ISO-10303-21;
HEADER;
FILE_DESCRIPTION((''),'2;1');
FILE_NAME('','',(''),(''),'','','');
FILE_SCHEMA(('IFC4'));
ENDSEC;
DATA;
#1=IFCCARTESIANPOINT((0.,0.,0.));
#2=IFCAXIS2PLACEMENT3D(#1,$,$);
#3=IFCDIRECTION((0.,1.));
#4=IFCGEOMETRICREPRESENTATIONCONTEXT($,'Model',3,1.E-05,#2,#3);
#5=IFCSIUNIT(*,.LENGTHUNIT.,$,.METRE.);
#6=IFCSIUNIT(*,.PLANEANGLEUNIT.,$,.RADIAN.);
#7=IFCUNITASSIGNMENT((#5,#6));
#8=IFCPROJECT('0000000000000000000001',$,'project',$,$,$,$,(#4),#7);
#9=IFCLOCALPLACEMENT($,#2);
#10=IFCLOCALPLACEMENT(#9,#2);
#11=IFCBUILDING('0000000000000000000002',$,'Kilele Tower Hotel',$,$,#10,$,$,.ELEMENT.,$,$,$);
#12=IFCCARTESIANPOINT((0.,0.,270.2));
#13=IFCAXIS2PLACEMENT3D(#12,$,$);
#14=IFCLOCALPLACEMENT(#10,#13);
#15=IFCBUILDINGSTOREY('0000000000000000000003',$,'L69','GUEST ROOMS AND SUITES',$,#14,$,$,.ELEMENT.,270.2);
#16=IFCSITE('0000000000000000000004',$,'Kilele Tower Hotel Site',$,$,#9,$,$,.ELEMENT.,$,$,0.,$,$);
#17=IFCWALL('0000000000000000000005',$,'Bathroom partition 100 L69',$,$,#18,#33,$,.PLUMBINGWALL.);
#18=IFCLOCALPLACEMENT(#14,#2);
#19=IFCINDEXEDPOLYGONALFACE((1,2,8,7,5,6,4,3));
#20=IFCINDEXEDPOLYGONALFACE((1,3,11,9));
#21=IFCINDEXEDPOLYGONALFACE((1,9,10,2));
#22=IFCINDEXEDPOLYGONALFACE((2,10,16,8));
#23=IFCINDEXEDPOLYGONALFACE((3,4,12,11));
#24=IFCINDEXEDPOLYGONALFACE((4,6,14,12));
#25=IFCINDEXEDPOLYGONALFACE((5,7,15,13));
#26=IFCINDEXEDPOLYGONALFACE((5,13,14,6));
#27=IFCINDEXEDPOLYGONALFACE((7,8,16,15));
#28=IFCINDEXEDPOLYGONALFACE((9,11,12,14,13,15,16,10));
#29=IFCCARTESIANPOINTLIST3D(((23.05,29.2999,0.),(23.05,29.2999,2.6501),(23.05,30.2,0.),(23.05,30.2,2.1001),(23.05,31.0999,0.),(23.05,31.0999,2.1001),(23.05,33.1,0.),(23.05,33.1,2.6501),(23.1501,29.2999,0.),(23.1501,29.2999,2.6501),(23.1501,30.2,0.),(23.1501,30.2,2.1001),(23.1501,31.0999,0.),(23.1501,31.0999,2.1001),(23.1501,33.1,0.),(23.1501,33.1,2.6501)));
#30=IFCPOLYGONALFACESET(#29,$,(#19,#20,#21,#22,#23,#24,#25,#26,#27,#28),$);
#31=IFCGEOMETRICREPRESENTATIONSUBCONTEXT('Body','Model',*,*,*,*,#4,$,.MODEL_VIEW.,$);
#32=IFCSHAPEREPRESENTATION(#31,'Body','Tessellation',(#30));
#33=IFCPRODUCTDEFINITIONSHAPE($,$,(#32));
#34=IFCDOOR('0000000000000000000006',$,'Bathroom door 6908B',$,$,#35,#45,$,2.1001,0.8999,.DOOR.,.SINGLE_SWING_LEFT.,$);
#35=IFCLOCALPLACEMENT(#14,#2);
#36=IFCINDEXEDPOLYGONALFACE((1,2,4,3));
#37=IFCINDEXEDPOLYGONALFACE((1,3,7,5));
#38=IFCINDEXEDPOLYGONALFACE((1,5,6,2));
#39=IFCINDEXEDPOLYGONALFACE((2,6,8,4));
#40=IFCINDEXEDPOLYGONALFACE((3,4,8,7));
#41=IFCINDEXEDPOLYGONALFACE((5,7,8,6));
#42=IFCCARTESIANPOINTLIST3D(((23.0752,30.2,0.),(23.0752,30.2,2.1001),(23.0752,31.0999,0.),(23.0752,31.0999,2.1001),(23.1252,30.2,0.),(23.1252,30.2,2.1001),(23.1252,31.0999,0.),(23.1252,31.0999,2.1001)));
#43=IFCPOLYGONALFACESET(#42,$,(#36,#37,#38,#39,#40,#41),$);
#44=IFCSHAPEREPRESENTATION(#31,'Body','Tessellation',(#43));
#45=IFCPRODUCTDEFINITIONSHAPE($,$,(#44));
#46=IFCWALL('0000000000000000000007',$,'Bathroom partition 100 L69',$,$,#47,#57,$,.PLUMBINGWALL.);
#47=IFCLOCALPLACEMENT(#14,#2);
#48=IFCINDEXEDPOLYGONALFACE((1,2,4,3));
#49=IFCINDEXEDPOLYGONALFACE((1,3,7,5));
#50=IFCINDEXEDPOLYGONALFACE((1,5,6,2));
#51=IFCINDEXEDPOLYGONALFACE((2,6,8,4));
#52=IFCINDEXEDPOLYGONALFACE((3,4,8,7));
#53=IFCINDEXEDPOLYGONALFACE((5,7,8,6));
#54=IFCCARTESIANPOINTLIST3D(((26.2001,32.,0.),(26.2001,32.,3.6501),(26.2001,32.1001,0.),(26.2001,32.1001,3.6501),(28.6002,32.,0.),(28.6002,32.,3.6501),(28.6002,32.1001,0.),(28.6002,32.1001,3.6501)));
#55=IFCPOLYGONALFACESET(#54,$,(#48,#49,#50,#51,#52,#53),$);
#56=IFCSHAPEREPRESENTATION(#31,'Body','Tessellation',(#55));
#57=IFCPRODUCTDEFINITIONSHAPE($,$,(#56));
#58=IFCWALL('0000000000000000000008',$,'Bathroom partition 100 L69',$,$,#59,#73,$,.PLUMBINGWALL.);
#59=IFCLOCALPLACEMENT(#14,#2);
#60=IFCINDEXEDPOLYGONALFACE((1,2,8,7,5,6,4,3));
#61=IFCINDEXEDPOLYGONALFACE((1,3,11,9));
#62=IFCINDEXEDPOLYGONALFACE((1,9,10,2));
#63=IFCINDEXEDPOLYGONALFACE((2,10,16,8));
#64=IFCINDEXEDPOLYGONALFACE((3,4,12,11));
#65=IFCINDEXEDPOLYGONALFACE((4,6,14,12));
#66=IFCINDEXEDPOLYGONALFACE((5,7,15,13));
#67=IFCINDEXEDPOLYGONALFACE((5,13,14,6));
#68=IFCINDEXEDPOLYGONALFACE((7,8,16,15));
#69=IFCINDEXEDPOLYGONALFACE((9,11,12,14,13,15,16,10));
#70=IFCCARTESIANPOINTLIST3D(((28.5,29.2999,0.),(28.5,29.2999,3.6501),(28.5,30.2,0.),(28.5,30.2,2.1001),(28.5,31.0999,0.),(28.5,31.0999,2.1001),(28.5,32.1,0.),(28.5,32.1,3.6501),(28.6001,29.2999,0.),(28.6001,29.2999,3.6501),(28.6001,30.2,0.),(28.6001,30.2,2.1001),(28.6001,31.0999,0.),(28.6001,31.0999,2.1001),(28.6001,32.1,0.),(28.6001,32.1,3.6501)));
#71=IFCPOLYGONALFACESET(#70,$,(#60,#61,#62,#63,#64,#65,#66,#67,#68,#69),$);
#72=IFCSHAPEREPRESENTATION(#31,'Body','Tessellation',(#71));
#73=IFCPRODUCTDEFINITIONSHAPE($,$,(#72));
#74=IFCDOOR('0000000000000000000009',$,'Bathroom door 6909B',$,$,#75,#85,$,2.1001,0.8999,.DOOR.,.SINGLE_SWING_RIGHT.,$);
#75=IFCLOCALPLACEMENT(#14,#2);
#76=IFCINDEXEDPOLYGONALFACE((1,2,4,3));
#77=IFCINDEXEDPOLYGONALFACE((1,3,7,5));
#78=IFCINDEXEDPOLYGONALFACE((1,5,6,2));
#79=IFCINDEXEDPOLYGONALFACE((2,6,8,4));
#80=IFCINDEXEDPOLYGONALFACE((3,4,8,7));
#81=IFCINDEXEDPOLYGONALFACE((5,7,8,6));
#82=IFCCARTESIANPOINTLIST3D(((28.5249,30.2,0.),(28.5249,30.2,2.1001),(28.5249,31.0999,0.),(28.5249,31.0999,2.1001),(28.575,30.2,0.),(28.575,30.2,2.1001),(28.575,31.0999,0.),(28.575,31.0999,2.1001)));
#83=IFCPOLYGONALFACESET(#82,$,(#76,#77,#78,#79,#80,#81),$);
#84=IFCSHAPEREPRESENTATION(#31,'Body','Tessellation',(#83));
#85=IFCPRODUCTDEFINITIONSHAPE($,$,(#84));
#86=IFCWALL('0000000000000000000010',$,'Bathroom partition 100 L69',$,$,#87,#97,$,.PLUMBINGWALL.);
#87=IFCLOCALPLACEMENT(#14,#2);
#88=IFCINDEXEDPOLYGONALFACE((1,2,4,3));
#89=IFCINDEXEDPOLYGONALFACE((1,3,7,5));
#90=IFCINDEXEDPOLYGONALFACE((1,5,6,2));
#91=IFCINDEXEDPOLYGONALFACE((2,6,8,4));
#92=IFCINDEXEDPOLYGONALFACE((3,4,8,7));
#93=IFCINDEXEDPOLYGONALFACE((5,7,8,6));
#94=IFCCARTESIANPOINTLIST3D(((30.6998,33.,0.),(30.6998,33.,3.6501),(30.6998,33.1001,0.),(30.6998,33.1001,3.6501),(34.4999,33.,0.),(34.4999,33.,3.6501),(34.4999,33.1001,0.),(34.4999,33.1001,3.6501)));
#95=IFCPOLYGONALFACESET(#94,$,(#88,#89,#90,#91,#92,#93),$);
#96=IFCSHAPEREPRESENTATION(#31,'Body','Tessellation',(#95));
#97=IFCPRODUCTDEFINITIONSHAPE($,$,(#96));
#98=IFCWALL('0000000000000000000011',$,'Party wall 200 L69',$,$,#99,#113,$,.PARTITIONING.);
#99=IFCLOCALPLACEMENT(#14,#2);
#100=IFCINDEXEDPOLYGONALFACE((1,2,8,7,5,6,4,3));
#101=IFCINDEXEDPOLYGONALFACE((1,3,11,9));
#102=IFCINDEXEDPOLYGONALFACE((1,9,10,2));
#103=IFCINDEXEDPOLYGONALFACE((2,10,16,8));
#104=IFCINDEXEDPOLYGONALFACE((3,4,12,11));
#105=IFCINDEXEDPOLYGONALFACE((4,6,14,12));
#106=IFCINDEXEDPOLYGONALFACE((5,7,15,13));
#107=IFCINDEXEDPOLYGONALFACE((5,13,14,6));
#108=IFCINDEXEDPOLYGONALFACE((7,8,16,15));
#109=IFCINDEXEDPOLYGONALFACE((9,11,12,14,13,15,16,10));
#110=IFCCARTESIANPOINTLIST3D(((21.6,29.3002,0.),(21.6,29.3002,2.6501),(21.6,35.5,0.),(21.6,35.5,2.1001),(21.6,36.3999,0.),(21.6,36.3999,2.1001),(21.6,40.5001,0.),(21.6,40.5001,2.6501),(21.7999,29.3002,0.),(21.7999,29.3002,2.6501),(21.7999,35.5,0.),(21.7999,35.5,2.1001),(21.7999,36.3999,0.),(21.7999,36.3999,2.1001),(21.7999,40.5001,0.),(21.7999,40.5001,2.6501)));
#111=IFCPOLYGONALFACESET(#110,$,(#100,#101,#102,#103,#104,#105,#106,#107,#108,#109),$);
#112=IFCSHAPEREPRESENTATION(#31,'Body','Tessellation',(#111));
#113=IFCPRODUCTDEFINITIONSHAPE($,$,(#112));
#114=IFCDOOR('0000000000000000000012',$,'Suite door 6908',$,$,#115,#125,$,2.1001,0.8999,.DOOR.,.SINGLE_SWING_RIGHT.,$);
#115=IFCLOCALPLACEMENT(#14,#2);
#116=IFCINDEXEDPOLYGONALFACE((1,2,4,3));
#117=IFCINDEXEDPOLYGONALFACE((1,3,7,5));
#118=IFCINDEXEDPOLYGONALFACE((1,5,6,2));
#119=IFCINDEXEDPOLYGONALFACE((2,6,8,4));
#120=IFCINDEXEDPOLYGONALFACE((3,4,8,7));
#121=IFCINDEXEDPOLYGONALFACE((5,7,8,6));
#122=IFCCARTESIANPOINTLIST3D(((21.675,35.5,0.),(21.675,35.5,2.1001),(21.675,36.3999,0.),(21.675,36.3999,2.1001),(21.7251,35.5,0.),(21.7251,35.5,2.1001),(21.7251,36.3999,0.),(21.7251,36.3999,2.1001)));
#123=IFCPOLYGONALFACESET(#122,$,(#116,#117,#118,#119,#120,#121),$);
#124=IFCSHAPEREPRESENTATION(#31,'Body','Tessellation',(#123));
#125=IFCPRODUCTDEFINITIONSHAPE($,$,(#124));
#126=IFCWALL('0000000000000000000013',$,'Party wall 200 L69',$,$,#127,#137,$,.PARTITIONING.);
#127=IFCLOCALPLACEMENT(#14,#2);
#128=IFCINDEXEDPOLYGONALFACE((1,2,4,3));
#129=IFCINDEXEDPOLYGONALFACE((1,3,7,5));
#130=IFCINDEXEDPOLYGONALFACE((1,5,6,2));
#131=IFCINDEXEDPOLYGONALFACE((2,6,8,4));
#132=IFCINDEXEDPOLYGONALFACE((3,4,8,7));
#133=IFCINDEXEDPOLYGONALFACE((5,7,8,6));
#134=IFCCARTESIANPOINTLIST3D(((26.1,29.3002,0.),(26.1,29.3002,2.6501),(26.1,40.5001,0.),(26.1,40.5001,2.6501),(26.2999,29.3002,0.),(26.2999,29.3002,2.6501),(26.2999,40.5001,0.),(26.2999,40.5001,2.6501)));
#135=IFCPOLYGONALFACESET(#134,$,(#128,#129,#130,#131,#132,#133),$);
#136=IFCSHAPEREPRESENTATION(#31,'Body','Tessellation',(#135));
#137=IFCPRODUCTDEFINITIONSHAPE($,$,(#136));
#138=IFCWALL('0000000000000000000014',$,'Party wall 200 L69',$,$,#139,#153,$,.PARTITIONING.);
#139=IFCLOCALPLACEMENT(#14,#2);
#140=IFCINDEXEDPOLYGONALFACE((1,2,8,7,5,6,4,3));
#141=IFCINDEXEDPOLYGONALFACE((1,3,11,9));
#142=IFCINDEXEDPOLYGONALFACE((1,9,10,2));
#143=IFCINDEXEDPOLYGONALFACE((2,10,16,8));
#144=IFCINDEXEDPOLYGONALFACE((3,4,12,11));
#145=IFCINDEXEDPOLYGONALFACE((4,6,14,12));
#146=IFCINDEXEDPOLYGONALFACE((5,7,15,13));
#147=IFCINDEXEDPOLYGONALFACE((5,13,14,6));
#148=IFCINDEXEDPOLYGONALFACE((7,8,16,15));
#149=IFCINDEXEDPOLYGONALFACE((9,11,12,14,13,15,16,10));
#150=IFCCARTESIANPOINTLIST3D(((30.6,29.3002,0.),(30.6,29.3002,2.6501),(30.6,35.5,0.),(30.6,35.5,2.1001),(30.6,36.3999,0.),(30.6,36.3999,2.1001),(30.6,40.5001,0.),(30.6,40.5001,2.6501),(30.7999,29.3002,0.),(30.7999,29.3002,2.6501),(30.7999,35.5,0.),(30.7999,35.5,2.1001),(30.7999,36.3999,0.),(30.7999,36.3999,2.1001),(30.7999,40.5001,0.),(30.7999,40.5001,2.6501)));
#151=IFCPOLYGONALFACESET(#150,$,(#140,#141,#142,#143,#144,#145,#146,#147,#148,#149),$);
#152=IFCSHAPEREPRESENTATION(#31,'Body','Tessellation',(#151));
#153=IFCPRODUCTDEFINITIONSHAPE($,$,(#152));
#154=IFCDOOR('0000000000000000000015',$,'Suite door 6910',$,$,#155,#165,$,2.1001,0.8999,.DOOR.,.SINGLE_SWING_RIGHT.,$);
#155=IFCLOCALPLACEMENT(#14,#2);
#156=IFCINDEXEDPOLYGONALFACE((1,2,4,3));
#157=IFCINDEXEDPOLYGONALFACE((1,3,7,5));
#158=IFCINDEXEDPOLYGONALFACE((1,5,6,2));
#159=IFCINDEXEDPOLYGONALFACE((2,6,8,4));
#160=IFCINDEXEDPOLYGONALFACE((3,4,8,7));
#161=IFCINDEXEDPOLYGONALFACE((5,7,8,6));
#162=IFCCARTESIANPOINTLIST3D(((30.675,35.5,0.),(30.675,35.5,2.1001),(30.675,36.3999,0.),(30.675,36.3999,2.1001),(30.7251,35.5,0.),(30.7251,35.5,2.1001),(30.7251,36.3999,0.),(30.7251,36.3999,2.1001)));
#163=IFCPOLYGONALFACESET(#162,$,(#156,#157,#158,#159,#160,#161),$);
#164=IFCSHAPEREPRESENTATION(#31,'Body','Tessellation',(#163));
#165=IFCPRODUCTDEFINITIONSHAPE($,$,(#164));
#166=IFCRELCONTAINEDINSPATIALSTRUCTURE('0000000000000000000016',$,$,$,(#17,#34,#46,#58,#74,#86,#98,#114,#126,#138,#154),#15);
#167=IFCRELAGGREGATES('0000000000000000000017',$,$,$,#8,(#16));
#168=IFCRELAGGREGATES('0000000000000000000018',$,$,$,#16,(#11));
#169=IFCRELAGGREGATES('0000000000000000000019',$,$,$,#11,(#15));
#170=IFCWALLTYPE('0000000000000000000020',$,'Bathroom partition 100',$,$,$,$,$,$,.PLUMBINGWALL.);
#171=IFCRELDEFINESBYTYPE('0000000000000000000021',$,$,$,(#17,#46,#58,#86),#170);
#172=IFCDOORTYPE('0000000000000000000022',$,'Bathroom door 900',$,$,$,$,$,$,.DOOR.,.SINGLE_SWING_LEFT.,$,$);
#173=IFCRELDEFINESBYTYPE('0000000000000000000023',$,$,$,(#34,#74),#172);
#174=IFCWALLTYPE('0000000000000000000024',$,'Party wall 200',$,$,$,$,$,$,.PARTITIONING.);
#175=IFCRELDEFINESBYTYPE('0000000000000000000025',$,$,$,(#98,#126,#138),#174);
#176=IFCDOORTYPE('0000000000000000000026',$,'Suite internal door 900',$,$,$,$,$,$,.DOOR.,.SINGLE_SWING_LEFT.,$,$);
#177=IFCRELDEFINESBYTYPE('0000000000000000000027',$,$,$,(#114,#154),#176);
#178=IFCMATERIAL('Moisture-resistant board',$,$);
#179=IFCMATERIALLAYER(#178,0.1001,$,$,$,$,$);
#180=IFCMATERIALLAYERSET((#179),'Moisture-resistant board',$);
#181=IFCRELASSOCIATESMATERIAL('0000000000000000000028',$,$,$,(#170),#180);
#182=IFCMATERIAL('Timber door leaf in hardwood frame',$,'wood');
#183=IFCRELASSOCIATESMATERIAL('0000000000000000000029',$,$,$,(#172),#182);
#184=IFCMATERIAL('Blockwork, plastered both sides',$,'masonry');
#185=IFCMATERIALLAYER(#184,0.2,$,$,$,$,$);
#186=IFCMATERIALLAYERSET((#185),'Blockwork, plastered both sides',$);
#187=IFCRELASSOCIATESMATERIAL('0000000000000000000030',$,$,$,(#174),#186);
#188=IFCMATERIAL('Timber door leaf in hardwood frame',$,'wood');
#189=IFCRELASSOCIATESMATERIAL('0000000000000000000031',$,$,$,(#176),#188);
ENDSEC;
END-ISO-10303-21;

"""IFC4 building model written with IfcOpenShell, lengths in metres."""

from ifc_helpers import new_model, si_unit, direction, frame, frame_2d, origin, place, context, subcontext, project, spatial, rectangle, extrude, material, layer, layer_set, type_object, element, fill, save


model = new_model("IFC4")

# Units and contexts
model_context = context("Model", 3, precision=1e-05, world=origin(), true_north=direction((0.0, 1.0)))
body_context = subcontext(model_context, "Body", "Model", "MODEL_VIEW")
ifc_project = project(units=[si_unit("LENGTHUNIT", "METRE"), si_unit("PLANEANGLEUNIT", "RADIAN")], contexts=[model_context])

# Site, building, storey
site_placement = place(None, origin())
site = spatial("IfcSite", under=ifc_project, at=site_placement, Name="Kilele Tower Hotel Site", CompositionType="ELEMENT", RefElevation=0.0)
building_placement = place(site_placement, origin())
building = spatial("IfcBuilding", under=site, at=building_placement, Name="Kilele Tower Hotel", CompositionType="ELEMENT")
storey_placement = place(building_placement, frame((0.0, 0.0, 270.2)))
storey = spatial("IfcBuildingStorey", under=building, at=storey_placement, Name="L69", Description="GUEST ROOMS AND SUITES", CompositionType="ELEMENT", Elevation=270.2)

# Shared definitions
ifc_material_1 = material(Name="Moisture-resistant board")
ifc_layer_1 = layer(ifc_material_1, 0.1001)
ifc_layer_set_1 = layer_set([ifc_layer_1], Name="Moisture-resistant board")
wall_type_1 = type_object("IfcWallType", Name="Bathroom partition 100", PredefinedType="PLUMBINGWALL", material=ifc_layer_set_1)

# Shared definitions
ifc_material_2 = material(Name="Timber door leaf in hardwood frame", Category="wood")
door_type_1 = type_object("IfcDoorType", Name="Bathroom door 900", OperationType="SINGLE_SWING_LEFT", PredefinedType="DOOR", material=ifc_material_2)

# Wall, opening, door
wall_1_placement = place(storey_placement, frame((23.1001, 29.3, 0.0), z_axis=(0.0, 0.0, 1.0), x_axis=(0.0, 1.0, 0.0)))
wall_1 = element("IfcWall", 1, at=wall_1_placement, inside=storey, type_object=wall_type_1, Name="Bathroom partition 100 L69", PredefinedType="PLUMBINGWALL", context=body_context, shape_type="SweptSolid", body=[
    extrude(rectangle(XDim=3.8, YDim=0.1001, at=frame_2d((1.8999, 0.0))), origin(), (0.0, 0.0, 1.0), 2.6501),
])
opening_1_placement = place(wall_1_placement, frame((0.8999, 0.0, 0.0)))
opening_1 = element("IfcOpeningElement", 2, at=opening_1_placement, cuts=wall_1, PredefinedType="OPENING", context=body_context, shape_type="SweptSolid", body=[
    extrude(rectangle(XDim=0.8999, YDim=2.1001, at=frame_2d((0.45, 1.05))), frame((0.0, 0.0601, 0.0), z_axis=(0.0, -1.0, 0.0), x_axis=(1.0, 0.0, 0.0)), (0.0, 0.0, 1.0), 0.1201),
])
door_1_placement = place(opening_1_placement, origin())
door_1 = element("IfcDoor", 3, at=door_1_placement, inside=storey, type_object=door_type_1, Name="Bathroom door 6908B", OperationType="SINGLE_SWING_LEFT", OverallHeight=2.1001, OverallWidth=0.8999, PredefinedType="DOOR", context=body_context, shape_type="SweptSolid", body=[
    extrude(rectangle(XDim=0.8999, YDim=2.1001, at=frame_2d((0.45, 1.05))), frame((0.0, 0.0249, 0.0), z_axis=(0.0, -1.0, 0.0), x_axis=(1.0, 0.0, 0.0)), (0.0, 0.0, 1.0), 0.05),
])
fill(opening_1, door_1)

# Wall
wall_2_placement = place(storey_placement, frame((26.2, 32.05, 0.0), z_axis=(0.0, 0.0, 1.0), x_axis=(1.0, 0.0, 0.0)))
element("IfcWall", 4, at=wall_2_placement, inside=storey, type_object=wall_type_1, Name="Bathroom partition 100 L69", PredefinedType="PLUMBINGWALL", context=body_context, shape_type="SweptSolid", body=[
    extrude(rectangle(XDim=2.4001, YDim=0.1001, at=frame_2d((1.2002, 0.0))), origin(), (0.0, 0.0, 1.0), 3.6501),
])

# Wall, opening, door
wall_3_placement = place(storey_placement, frame((28.55, 29.3, 0.0), z_axis=(0.0, 0.0, 1.0), x_axis=(0.0, 1.0, 0.0)))
wall_3 = element("IfcWall", 5, at=wall_3_placement, inside=storey, type_object=wall_type_1, Name="Bathroom partition 100 L69", PredefinedType="PLUMBINGWALL", context=body_context, shape_type="SweptSolid", body=[
    extrude(rectangle(XDim=2.8, YDim=0.1001, at=frame_2d((1.3999, 0.0))), origin(), (0.0, 0.0, 1.0), 3.6501),
])
opening_2_placement = place(wall_3_placement, frame((1.7998, 0.0, 0.0), z_axis=(0.0, 0.0, 1.0), x_axis=(-1.0, 0.0, 0.0)))
opening_2 = element("IfcOpeningElement", 6, at=opening_2_placement, cuts=wall_3, PredefinedType="OPENING", context=body_context, shape_type="SweptSolid", body=[
    extrude(rectangle(XDim=0.8999, YDim=2.1001, at=frame_2d((0.45, 1.05))), frame((0.0, 0.0601, 0.0), z_axis=(0.0, -1.0, 0.0), x_axis=(1.0, 0.0, 0.0)), (0.0, 0.0, 1.0), 0.1201),
])
door_2_placement = place(opening_2_placement, origin())
door_2 = element("IfcDoor", 7, at=door_2_placement, inside=storey, type_object=door_type_1, Name="Bathroom door 6909B", OperationType="SINGLE_SWING_RIGHT", OverallHeight=2.1001, OverallWidth=0.8999, PredefinedType="DOOR", context=body_context, shape_type="SweptSolid", body=[
    extrude(rectangle(XDim=0.8999, YDim=2.1001, at=frame_2d((0.45, 1.05))), frame((0.0, 0.0249, 0.0), z_axis=(0.0, -1.0, 0.0), x_axis=(1.0, 0.0, 0.0)), (0.0, 0.0, 1.0), 0.05),
])
fill(opening_2, door_2)

# Wall
wall_4_placement = place(storey_placement, frame((30.7, 33.05, 0.0), z_axis=(0.0, 0.0, 1.0), x_axis=(1.0, 0.0, 0.0)))
element("IfcWall", 8, at=wall_4_placement, inside=storey, type_object=wall_type_1, Name="Bathroom partition 100 L69", PredefinedType="PLUMBINGWALL", context=body_context, shape_type="SweptSolid", body=[
    extrude(rectangle(XDim=3.8, YDim=0.1001, at=frame_2d((1.8999, 0.0))), origin(), (0.0, 0.0, 1.0), 3.6501),
])

# Wall, opening, door
ifc_material_3 = material(Name="Blockwork, plastered both sides", Category="masonry")
ifc_layer_2 = layer(ifc_material_3, 0.2)
ifc_layer_set_2 = layer_set([ifc_layer_2], Name="Blockwork, plastered both sides")
wall_type_2 = type_object("IfcWallType", Name="Party wall 200", PredefinedType="PARTITIONING", material=ifc_layer_set_2)
wall_5_placement = place(storey_placement, frame((21.7, 29.3, 0.0), z_axis=(0.0, 0.0, 1.0), x_axis=(0.0, 1.0, 0.0)))
wall_5 = element("IfcWall", 9, at=wall_5_placement, inside=storey, type_object=wall_type_2, Name="Party wall 200 L69", PredefinedType="PARTITIONING", context=body_context, shape_type="SweptSolid", body=[
    extrude(rectangle(XDim=11.2, YDim=0.2, at=frame_2d((5.6001, 0.0))), origin(), (0.0, 0.0, 1.0), 2.6501),
])
opening_3_placement = place(wall_5_placement, frame((6.2, 0.0, 0.0)))
opening_3 = element("IfcOpeningElement", 10, at=opening_3_placement, cuts=wall_5, PredefinedType="OPENING", context=body_context, shape_type="SweptSolid", body=[
    extrude(rectangle(XDim=0.8999, YDim=2.1001, at=frame_2d((0.45, 1.05))), frame((0.0, 0.1099, 0.0), z_axis=(0.0, -1.0, 0.0), x_axis=(1.0, 0.0, 0.0)), (0.0, 0.0, 1.0), 0.22),
])
ifc_material_4 = material(Name="Timber door leaf in hardwood frame", Category="wood")
door_type_2 = type_object("IfcDoorType", Name="Suite internal door 900", OperationType="SINGLE_SWING_LEFT", PredefinedType="DOOR", material=ifc_material_4)
door_3_placement = place(opening_3_placement, origin())
door_3 = element("IfcDoor", 11, at=door_3_placement, inside=storey, type_object=door_type_2, Name="Suite door 6908", OperationType="SINGLE_SWING_RIGHT", OverallHeight=2.1001, OverallWidth=0.8999, PredefinedType="DOOR", context=body_context, shape_type="SweptSolid", body=[
    extrude(rectangle(XDim=0.8999, YDim=2.1001, at=frame_2d((0.45, 1.05))), frame((0.0, 0.0249, 0.0), z_axis=(0.0, -1.0, 0.0), x_axis=(1.0, 0.0, 0.0)), (0.0, 0.0, 1.0), 0.05),
])
fill(opening_3, door_3)

# Wall
wall_6_placement = place(storey_placement, frame((26.2, 29.3, 0.0), z_axis=(0.0, 0.0, 1.0), x_axis=(0.0, 1.0, 0.0)))
element("IfcWall", 12, at=wall_6_placement, inside=storey, type_object=wall_type_2, Name="Party wall 200 L69", PredefinedType="PARTITIONING", context=body_context, shape_type="SweptSolid", body=[
    extrude(rectangle(XDim=11.2, YDim=0.2, at=frame_2d((5.6001, 0.0))), origin(), (0.0, 0.0, 1.0), 2.6501),
])

# Wall, opening, door
wall_7_placement = place(storey_placement, frame((30.7, 29.3, 0.0), z_axis=(0.0, 0.0, 1.0), x_axis=(0.0, 1.0, 0.0)))
wall_7 = element("IfcWall", 13, at=wall_7_placement, inside=storey, type_object=wall_type_2, Name="Party wall 200 L69", PredefinedType="PARTITIONING", context=body_context, shape_type="SweptSolid", body=[
    extrude(rectangle(XDim=11.2, YDim=0.2, at=frame_2d((5.6001, 0.0))), origin(), (0.0, 0.0, 1.0), 2.6501),
])
opening_4_placement = place(wall_7_placement, frame((6.2, 0.0, 0.0)))
opening_4 = element("IfcOpeningElement", 14, at=opening_4_placement, cuts=wall_7, PredefinedType="OPENING", context=body_context, shape_type="SweptSolid", body=[
    extrude(rectangle(XDim=0.8999, YDim=2.1001, at=frame_2d((0.45, 1.05))), frame((0.0, 0.1099, 0.0), z_axis=(0.0, -1.0, 0.0), x_axis=(1.0, 0.0, 0.0)), (0.0, 0.0, 1.0), 0.22),
])
door_4_placement = place(opening_4_placement, origin())
door_4 = element("IfcDoor", 15, at=door_4_placement, inside=storey, type_object=door_type_2, Name="Suite door 6910", OperationType="SINGLE_SWING_RIGHT", OverallHeight=2.1001, OverallWidth=0.8999, PredefinedType="DOOR", context=body_context, shape_type="SweptSolid", body=[
    extrude(rectangle(XDim=0.8999, YDim=2.1001, at=frame_2d((0.45, 1.05))), frame((0.0, 0.0249, 0.0), z_axis=(0.0, -1.0, 0.0), x_axis=(1.0, 0.0, 0.0)), (0.0, 0.0, 1.0), 0.05),
])
fill(opening_4, door_4)

save(model, "model.ifc")
